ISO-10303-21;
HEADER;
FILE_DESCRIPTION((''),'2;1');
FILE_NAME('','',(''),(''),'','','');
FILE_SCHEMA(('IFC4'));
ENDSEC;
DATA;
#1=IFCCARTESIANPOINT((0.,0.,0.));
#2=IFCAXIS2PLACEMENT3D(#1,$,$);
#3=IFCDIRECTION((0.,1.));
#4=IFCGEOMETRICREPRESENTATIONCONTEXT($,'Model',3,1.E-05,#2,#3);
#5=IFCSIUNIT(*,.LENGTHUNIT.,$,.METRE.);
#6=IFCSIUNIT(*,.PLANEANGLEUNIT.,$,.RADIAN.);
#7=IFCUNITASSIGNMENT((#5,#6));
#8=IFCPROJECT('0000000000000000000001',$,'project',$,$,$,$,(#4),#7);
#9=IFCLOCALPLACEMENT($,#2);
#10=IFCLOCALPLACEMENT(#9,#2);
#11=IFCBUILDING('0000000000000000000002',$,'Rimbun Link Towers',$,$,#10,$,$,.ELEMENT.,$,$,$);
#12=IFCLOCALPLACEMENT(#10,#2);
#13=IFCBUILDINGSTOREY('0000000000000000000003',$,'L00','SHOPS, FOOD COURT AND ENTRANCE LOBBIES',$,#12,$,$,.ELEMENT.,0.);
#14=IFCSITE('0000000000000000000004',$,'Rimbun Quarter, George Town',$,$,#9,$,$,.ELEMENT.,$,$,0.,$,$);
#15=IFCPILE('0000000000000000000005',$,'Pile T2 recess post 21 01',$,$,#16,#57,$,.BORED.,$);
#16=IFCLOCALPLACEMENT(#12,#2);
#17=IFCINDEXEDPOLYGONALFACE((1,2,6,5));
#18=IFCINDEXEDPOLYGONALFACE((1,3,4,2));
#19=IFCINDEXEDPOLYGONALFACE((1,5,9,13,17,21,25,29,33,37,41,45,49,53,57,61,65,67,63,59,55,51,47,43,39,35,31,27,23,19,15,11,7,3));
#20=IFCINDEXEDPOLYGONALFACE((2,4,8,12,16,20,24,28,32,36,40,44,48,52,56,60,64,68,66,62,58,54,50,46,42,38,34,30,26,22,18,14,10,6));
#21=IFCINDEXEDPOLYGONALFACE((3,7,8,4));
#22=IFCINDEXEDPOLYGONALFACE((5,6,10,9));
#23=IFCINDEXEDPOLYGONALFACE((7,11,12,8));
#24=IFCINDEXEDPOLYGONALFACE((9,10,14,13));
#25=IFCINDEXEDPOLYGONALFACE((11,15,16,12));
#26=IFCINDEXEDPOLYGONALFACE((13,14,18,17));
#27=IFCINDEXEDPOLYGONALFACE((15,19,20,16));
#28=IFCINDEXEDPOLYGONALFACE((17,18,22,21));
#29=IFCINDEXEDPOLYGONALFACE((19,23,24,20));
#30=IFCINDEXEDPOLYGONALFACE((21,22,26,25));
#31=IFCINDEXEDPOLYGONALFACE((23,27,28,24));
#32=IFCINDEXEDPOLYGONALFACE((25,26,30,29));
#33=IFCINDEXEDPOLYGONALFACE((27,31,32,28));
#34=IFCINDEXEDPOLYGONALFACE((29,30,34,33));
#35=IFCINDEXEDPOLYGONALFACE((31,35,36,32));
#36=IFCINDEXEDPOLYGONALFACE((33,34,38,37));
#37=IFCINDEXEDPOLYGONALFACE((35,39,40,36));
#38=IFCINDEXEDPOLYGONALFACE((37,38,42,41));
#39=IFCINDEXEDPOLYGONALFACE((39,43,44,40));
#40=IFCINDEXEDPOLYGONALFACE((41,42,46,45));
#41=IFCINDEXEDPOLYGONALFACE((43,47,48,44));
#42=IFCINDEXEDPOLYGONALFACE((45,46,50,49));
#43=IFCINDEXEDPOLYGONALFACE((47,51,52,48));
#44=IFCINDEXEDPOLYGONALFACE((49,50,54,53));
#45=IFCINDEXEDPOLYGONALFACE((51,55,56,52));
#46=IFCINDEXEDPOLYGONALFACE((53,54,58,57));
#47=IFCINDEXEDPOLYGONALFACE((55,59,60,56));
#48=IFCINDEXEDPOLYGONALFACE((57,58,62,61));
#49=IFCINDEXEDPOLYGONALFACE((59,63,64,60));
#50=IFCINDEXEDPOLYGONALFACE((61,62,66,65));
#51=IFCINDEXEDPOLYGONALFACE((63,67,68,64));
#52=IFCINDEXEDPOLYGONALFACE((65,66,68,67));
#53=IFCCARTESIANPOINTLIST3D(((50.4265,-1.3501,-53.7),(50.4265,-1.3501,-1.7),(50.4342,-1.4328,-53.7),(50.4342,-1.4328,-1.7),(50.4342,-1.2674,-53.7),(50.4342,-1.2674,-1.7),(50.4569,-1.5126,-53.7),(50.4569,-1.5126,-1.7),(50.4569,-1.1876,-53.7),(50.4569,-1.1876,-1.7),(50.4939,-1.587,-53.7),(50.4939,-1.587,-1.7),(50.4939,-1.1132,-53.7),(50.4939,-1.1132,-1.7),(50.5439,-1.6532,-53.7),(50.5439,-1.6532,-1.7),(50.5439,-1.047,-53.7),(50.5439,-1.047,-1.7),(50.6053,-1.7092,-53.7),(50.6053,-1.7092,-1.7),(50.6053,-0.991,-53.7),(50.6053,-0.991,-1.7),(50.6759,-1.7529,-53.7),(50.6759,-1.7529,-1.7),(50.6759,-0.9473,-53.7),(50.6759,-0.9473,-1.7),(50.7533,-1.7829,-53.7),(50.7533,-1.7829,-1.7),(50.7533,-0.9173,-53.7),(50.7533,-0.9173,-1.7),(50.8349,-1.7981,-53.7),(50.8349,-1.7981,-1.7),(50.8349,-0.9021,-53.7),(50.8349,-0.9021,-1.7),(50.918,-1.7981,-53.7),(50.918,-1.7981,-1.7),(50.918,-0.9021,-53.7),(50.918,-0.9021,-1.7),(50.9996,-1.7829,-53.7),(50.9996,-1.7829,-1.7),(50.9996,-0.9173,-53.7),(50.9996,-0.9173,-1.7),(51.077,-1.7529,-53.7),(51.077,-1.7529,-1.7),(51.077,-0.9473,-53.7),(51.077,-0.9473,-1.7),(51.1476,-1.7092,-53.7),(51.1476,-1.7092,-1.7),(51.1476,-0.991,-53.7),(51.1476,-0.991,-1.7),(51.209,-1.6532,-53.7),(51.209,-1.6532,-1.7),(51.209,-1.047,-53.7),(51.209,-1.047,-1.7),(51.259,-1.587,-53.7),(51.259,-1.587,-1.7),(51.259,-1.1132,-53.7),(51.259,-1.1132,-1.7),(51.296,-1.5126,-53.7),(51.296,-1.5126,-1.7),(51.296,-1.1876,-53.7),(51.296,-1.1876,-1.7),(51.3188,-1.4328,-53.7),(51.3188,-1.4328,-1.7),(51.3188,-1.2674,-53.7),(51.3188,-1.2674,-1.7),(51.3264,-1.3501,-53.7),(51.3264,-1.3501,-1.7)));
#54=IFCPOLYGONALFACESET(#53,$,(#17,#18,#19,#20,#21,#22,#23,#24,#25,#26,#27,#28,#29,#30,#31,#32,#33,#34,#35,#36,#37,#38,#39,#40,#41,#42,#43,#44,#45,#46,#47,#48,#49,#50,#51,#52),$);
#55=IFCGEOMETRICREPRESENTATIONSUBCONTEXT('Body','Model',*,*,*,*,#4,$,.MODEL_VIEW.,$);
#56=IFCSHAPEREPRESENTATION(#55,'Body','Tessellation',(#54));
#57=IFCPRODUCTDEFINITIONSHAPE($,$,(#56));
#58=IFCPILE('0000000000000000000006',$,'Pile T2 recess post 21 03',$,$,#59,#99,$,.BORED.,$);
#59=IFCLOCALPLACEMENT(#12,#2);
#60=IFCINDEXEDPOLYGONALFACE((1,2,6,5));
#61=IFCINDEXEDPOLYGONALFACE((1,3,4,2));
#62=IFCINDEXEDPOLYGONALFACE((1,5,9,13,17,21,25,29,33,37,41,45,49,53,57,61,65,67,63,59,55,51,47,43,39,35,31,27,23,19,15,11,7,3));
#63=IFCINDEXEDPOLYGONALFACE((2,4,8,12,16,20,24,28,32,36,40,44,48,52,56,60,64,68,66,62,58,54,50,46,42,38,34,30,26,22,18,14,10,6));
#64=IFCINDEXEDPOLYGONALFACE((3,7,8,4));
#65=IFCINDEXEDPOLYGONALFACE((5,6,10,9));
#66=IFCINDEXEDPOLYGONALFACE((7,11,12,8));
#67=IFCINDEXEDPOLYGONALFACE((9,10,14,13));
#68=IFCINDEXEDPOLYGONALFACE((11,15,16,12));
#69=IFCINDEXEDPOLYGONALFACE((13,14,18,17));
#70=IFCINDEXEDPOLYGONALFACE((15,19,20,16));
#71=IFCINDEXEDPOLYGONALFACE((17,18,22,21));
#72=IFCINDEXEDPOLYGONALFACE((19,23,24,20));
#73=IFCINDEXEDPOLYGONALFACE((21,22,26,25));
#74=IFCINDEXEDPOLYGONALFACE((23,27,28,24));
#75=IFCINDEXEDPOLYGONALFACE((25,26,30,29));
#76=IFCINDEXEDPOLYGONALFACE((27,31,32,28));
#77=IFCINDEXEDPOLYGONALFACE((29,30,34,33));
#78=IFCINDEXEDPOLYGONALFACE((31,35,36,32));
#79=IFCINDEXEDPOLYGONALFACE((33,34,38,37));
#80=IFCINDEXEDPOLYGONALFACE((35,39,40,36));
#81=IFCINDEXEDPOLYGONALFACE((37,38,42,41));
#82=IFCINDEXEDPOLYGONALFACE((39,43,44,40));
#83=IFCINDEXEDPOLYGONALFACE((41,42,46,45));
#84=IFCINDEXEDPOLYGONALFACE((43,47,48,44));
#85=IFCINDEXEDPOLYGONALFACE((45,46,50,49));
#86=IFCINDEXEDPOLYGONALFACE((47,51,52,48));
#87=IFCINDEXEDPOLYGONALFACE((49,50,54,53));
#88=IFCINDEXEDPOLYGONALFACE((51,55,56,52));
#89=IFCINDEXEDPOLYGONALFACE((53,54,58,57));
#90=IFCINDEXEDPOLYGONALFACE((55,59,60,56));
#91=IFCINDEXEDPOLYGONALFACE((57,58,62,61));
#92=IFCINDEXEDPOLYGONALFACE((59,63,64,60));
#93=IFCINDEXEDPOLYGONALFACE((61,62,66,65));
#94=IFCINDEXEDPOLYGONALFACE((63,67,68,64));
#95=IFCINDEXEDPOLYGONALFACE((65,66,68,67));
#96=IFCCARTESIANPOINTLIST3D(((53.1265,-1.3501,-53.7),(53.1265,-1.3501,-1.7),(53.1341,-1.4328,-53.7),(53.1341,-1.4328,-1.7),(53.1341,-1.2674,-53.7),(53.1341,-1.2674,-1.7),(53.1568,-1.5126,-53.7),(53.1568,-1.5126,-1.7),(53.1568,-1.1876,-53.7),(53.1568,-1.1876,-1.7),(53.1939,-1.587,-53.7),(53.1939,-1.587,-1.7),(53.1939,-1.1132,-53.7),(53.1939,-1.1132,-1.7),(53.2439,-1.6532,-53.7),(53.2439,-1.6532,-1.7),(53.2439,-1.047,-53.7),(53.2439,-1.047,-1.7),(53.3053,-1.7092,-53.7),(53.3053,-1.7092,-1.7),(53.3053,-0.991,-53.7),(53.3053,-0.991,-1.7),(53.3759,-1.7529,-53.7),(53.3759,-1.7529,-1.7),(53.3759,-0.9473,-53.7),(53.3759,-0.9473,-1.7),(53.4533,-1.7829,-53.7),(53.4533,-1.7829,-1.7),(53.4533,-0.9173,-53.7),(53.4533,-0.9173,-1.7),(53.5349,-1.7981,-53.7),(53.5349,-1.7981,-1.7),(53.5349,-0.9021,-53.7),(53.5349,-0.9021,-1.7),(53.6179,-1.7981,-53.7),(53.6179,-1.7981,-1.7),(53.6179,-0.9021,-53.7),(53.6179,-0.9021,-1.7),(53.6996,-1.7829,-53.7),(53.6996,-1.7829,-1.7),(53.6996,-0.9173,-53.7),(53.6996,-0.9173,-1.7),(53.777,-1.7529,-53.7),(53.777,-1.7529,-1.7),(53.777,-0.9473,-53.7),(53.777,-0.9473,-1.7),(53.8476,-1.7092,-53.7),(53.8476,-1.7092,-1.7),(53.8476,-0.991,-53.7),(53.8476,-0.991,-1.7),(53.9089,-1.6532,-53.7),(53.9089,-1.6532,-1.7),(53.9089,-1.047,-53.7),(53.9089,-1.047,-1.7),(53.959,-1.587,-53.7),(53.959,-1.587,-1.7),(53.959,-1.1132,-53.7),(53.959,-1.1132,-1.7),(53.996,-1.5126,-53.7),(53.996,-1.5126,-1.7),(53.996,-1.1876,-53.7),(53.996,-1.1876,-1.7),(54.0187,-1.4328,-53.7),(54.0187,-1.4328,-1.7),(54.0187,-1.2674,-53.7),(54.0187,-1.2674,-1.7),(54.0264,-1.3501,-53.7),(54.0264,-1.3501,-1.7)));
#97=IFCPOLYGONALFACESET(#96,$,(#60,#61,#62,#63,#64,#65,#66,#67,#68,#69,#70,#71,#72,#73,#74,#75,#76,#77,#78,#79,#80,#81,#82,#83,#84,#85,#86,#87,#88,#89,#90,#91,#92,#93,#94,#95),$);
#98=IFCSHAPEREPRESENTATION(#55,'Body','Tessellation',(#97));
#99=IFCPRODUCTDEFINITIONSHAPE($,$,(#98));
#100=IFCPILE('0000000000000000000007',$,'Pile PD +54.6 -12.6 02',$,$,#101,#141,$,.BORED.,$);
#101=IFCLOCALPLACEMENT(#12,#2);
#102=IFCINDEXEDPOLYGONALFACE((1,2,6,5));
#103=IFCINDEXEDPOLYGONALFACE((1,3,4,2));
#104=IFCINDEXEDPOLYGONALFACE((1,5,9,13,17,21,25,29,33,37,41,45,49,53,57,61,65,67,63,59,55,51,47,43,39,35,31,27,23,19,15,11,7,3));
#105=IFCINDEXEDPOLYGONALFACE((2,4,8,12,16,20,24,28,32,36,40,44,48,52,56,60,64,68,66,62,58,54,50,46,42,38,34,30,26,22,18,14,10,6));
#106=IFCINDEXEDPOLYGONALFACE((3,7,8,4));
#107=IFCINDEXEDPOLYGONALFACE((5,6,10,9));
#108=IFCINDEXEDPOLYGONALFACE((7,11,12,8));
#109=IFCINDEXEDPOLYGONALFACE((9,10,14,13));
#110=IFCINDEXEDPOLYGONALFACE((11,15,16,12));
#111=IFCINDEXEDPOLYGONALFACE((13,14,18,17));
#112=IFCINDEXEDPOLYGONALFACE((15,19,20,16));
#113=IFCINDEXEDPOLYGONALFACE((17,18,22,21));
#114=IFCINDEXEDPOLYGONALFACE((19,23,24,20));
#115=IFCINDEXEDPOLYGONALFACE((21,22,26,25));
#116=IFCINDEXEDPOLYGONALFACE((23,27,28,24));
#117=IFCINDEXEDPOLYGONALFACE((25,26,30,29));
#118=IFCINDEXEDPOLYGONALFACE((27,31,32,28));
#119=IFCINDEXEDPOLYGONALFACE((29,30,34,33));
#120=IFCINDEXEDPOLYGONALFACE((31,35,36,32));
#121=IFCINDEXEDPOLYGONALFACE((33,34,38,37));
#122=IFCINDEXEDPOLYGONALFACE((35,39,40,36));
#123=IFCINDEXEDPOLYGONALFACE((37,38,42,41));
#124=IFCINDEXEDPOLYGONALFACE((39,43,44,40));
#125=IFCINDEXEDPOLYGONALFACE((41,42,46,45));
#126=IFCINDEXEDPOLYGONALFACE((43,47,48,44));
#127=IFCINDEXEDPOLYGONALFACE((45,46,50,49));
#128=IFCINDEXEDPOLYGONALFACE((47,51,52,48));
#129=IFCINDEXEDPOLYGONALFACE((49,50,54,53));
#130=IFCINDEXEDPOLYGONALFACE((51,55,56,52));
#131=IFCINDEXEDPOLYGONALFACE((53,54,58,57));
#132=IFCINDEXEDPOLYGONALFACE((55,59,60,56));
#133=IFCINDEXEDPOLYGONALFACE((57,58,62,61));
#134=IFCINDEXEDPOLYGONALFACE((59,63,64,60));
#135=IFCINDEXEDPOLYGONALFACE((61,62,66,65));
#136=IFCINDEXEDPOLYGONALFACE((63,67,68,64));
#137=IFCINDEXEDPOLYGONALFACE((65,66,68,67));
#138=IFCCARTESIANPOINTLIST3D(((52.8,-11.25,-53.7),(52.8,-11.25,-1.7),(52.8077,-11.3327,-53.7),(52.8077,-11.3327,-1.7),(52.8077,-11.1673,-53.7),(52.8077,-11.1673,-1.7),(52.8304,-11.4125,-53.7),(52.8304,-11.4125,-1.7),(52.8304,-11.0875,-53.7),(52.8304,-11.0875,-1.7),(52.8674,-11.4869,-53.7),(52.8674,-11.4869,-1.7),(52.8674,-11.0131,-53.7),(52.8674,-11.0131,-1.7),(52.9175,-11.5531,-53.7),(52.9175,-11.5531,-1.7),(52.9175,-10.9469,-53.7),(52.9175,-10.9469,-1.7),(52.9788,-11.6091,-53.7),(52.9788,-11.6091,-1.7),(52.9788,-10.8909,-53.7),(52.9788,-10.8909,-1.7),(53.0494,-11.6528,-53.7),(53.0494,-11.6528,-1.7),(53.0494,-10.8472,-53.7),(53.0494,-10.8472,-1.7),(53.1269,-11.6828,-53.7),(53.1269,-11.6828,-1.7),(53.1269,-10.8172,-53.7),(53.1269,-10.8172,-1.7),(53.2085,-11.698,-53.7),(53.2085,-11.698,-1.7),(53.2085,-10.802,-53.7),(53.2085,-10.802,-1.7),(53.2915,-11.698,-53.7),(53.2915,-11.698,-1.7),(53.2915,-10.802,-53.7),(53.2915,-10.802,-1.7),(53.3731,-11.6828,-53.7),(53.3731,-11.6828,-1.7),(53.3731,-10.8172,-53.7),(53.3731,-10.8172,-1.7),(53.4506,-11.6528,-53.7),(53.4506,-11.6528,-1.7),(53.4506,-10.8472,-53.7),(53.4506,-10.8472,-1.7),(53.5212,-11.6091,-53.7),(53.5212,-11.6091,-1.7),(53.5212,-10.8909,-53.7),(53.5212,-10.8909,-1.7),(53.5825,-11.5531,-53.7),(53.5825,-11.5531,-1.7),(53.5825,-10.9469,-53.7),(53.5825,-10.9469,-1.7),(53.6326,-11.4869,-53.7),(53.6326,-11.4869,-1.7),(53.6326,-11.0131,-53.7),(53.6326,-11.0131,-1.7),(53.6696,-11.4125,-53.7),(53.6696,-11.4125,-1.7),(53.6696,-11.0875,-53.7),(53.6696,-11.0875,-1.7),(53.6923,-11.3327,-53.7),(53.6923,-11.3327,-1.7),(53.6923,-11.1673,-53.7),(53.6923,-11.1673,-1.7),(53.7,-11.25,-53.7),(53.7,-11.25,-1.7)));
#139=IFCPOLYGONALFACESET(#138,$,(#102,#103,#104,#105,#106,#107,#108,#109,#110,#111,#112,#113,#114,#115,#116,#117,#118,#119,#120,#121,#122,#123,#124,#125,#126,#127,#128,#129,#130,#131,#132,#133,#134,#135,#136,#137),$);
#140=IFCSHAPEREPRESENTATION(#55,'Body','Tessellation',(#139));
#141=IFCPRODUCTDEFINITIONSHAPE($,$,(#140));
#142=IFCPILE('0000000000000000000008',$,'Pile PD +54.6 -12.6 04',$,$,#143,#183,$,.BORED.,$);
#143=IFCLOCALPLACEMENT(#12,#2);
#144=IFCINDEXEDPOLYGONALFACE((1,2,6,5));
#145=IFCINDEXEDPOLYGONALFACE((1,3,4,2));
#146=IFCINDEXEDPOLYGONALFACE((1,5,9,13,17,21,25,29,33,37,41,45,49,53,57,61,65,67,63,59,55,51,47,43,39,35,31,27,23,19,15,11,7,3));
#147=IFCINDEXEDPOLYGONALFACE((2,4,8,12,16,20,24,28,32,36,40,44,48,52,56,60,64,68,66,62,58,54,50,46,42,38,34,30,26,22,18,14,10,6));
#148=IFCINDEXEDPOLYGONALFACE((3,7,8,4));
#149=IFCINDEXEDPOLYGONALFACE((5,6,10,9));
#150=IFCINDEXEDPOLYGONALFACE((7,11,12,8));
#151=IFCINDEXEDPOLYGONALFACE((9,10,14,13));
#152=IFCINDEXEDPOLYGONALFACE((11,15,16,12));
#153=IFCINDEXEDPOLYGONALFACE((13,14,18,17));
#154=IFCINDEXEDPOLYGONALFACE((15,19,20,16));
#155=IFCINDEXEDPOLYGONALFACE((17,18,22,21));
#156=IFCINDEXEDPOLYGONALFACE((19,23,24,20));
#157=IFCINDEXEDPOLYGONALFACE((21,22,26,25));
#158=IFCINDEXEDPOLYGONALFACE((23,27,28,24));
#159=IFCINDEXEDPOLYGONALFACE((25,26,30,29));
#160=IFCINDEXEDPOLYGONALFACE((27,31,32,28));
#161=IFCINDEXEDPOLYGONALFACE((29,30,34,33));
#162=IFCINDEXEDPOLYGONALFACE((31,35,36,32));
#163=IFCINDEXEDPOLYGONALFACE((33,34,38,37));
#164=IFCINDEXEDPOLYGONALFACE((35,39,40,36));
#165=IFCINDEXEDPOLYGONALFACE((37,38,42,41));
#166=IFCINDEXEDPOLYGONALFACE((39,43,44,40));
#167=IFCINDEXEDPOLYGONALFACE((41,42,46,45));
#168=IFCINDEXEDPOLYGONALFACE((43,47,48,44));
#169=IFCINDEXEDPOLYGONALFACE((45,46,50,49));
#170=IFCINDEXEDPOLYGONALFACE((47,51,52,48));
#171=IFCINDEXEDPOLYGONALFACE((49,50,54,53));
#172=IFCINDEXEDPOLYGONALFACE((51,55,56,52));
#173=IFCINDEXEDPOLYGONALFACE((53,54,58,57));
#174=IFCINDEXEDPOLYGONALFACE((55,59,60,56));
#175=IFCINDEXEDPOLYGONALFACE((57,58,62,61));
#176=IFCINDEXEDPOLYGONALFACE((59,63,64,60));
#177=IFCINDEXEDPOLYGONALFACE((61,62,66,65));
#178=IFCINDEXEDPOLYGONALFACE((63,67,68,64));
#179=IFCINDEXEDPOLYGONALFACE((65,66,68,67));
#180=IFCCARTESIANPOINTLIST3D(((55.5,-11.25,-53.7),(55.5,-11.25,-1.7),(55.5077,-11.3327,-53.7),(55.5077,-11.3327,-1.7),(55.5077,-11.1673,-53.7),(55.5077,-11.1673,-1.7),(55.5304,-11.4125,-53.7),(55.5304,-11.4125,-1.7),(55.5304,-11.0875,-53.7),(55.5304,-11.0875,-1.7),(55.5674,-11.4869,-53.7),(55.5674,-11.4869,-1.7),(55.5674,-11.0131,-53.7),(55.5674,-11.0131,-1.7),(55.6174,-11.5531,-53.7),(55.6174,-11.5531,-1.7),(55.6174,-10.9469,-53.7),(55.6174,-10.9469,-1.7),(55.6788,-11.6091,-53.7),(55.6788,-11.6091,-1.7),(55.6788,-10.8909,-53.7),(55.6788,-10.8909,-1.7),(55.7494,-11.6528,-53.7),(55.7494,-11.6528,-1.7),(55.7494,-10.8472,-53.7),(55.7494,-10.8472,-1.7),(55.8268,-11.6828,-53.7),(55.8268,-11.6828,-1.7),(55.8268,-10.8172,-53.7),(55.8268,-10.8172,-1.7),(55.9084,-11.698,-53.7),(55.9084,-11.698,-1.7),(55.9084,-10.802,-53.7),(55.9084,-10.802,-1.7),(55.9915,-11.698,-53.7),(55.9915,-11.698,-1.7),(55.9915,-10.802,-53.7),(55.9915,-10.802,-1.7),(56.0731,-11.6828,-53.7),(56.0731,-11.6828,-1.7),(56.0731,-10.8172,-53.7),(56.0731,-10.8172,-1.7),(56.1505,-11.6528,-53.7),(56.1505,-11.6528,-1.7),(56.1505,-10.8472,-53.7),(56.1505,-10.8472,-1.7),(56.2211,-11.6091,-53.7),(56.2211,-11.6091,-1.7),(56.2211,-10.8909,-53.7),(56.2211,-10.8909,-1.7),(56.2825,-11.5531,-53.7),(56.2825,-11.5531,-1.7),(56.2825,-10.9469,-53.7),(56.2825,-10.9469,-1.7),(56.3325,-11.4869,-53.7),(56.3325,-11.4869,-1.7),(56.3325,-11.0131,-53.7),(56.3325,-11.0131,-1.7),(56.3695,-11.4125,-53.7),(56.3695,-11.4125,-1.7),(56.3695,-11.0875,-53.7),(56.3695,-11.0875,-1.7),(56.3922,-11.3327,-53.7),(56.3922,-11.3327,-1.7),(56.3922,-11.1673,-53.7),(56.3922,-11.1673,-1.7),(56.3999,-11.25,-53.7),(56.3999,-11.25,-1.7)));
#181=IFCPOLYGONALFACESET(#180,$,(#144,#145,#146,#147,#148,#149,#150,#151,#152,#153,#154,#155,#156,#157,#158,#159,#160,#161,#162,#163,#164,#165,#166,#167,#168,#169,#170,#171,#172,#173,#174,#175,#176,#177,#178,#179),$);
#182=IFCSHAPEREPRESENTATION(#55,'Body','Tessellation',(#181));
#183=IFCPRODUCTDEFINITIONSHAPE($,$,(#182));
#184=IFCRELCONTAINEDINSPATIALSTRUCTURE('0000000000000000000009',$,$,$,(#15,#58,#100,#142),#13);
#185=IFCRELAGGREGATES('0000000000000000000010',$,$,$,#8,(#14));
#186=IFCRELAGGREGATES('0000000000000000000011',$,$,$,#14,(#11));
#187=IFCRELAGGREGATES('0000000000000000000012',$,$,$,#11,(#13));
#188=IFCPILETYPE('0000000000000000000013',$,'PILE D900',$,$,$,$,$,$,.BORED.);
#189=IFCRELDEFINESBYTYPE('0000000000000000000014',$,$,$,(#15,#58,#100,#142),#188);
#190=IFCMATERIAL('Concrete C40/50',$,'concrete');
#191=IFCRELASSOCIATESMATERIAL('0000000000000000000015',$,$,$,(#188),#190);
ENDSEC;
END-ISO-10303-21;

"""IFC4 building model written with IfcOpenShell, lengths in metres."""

from ifc_helpers import new_model, si_unit, direction, frame, origin, origin_2d, place, context, subcontext, project, spatial, circle, extrude, material, material_profile, profile_set, type_object, element, save


model = new_model("IFC4")

# Units and contexts
model_context = context("Model", 3, precision=1e-05, world=origin(), true_north=direction((0.0, 1.0)))
body_context = subcontext(model_context, "Body", "Model", "MODEL_VIEW")
ifc_project = project(units=[si_unit("LENGTHUNIT", "METRE"), si_unit("PLANEANGLEUNIT", "RADIAN")], contexts=[model_context])

# Site, building, storey
site_placement = place(None, origin())
site = spatial("IfcSite", under=ifc_project, at=site_placement, Name="Rimbun Quarter, George Town", CompositionType="ELEMENT", RefElevation=0.0)
building_placement = place(site_placement, origin())
building = spatial("IfcBuilding", under=site, at=building_placement, Name="Rimbun Link Towers", CompositionType="ELEMENT")
storey_placement = place(building_placement, origin())
storey = spatial("IfcBuildingStorey", under=building, at=storey_placement, Name="L00", Description="SHOPS, FOOD COURT AND ENTRANCE LOBBIES", CompositionType="ELEMENT", Elevation=0.0)

# Piles
ifc_material_1 = material(Name="Concrete C40/50", Category="concrete")
ifc_material_profile_1 = material_profile(ifc_material_1, circle(Radius=0.45, at=origin_2d()), Name="PILE D900")
ifc_profile_set_1 = profile_set([ifc_material_profile_1], Name="Concrete C40/50")
pile_type = type_object("IfcPileType", Name="PILE D900", PredefinedType="BORED", material=ifc_profile_set_1)
for number, where, z_axis, x_axis, name in (
    (1, (50.8765, -1.3501, -1.7), (0.0, 0.0, -1.0), (1.0, 0.0, 0.0), "Pile T2 recess post 21 01"),
    (2, (53.5764, -1.3501, -1.7), (0.0, 0.0, -1.0), (1.0, 0.0, 0.0), "Pile T2 recess post 21 03"),
    (3, (53.25, -11.25, -1.7), (0.0, 0.0, -1.0), (1.0, 0.0, 0.0), "Pile PD +54.6 -12.6 02"),
    (4, (55.95, -11.25, -1.7), (0.0, 0.0, -1.0), (1.0, 0.0, 0.0), "Pile PD +54.6 -12.6 04"),
):
    element("IfcPile", number, at=place(storey_placement, frame(where, z_axis=z_axis, x_axis=x_axis)), inside=storey, type_object=pile_type, Name=name, PredefinedType="BORED", context=body_context, shape_type="SweptSolid", body=[
        extrude(circle(Radius=0.45, at=origin_2d()), origin(), (0.0, 0.0, 1.0), 52.0),
    ])

save(model, "model.ifc")
